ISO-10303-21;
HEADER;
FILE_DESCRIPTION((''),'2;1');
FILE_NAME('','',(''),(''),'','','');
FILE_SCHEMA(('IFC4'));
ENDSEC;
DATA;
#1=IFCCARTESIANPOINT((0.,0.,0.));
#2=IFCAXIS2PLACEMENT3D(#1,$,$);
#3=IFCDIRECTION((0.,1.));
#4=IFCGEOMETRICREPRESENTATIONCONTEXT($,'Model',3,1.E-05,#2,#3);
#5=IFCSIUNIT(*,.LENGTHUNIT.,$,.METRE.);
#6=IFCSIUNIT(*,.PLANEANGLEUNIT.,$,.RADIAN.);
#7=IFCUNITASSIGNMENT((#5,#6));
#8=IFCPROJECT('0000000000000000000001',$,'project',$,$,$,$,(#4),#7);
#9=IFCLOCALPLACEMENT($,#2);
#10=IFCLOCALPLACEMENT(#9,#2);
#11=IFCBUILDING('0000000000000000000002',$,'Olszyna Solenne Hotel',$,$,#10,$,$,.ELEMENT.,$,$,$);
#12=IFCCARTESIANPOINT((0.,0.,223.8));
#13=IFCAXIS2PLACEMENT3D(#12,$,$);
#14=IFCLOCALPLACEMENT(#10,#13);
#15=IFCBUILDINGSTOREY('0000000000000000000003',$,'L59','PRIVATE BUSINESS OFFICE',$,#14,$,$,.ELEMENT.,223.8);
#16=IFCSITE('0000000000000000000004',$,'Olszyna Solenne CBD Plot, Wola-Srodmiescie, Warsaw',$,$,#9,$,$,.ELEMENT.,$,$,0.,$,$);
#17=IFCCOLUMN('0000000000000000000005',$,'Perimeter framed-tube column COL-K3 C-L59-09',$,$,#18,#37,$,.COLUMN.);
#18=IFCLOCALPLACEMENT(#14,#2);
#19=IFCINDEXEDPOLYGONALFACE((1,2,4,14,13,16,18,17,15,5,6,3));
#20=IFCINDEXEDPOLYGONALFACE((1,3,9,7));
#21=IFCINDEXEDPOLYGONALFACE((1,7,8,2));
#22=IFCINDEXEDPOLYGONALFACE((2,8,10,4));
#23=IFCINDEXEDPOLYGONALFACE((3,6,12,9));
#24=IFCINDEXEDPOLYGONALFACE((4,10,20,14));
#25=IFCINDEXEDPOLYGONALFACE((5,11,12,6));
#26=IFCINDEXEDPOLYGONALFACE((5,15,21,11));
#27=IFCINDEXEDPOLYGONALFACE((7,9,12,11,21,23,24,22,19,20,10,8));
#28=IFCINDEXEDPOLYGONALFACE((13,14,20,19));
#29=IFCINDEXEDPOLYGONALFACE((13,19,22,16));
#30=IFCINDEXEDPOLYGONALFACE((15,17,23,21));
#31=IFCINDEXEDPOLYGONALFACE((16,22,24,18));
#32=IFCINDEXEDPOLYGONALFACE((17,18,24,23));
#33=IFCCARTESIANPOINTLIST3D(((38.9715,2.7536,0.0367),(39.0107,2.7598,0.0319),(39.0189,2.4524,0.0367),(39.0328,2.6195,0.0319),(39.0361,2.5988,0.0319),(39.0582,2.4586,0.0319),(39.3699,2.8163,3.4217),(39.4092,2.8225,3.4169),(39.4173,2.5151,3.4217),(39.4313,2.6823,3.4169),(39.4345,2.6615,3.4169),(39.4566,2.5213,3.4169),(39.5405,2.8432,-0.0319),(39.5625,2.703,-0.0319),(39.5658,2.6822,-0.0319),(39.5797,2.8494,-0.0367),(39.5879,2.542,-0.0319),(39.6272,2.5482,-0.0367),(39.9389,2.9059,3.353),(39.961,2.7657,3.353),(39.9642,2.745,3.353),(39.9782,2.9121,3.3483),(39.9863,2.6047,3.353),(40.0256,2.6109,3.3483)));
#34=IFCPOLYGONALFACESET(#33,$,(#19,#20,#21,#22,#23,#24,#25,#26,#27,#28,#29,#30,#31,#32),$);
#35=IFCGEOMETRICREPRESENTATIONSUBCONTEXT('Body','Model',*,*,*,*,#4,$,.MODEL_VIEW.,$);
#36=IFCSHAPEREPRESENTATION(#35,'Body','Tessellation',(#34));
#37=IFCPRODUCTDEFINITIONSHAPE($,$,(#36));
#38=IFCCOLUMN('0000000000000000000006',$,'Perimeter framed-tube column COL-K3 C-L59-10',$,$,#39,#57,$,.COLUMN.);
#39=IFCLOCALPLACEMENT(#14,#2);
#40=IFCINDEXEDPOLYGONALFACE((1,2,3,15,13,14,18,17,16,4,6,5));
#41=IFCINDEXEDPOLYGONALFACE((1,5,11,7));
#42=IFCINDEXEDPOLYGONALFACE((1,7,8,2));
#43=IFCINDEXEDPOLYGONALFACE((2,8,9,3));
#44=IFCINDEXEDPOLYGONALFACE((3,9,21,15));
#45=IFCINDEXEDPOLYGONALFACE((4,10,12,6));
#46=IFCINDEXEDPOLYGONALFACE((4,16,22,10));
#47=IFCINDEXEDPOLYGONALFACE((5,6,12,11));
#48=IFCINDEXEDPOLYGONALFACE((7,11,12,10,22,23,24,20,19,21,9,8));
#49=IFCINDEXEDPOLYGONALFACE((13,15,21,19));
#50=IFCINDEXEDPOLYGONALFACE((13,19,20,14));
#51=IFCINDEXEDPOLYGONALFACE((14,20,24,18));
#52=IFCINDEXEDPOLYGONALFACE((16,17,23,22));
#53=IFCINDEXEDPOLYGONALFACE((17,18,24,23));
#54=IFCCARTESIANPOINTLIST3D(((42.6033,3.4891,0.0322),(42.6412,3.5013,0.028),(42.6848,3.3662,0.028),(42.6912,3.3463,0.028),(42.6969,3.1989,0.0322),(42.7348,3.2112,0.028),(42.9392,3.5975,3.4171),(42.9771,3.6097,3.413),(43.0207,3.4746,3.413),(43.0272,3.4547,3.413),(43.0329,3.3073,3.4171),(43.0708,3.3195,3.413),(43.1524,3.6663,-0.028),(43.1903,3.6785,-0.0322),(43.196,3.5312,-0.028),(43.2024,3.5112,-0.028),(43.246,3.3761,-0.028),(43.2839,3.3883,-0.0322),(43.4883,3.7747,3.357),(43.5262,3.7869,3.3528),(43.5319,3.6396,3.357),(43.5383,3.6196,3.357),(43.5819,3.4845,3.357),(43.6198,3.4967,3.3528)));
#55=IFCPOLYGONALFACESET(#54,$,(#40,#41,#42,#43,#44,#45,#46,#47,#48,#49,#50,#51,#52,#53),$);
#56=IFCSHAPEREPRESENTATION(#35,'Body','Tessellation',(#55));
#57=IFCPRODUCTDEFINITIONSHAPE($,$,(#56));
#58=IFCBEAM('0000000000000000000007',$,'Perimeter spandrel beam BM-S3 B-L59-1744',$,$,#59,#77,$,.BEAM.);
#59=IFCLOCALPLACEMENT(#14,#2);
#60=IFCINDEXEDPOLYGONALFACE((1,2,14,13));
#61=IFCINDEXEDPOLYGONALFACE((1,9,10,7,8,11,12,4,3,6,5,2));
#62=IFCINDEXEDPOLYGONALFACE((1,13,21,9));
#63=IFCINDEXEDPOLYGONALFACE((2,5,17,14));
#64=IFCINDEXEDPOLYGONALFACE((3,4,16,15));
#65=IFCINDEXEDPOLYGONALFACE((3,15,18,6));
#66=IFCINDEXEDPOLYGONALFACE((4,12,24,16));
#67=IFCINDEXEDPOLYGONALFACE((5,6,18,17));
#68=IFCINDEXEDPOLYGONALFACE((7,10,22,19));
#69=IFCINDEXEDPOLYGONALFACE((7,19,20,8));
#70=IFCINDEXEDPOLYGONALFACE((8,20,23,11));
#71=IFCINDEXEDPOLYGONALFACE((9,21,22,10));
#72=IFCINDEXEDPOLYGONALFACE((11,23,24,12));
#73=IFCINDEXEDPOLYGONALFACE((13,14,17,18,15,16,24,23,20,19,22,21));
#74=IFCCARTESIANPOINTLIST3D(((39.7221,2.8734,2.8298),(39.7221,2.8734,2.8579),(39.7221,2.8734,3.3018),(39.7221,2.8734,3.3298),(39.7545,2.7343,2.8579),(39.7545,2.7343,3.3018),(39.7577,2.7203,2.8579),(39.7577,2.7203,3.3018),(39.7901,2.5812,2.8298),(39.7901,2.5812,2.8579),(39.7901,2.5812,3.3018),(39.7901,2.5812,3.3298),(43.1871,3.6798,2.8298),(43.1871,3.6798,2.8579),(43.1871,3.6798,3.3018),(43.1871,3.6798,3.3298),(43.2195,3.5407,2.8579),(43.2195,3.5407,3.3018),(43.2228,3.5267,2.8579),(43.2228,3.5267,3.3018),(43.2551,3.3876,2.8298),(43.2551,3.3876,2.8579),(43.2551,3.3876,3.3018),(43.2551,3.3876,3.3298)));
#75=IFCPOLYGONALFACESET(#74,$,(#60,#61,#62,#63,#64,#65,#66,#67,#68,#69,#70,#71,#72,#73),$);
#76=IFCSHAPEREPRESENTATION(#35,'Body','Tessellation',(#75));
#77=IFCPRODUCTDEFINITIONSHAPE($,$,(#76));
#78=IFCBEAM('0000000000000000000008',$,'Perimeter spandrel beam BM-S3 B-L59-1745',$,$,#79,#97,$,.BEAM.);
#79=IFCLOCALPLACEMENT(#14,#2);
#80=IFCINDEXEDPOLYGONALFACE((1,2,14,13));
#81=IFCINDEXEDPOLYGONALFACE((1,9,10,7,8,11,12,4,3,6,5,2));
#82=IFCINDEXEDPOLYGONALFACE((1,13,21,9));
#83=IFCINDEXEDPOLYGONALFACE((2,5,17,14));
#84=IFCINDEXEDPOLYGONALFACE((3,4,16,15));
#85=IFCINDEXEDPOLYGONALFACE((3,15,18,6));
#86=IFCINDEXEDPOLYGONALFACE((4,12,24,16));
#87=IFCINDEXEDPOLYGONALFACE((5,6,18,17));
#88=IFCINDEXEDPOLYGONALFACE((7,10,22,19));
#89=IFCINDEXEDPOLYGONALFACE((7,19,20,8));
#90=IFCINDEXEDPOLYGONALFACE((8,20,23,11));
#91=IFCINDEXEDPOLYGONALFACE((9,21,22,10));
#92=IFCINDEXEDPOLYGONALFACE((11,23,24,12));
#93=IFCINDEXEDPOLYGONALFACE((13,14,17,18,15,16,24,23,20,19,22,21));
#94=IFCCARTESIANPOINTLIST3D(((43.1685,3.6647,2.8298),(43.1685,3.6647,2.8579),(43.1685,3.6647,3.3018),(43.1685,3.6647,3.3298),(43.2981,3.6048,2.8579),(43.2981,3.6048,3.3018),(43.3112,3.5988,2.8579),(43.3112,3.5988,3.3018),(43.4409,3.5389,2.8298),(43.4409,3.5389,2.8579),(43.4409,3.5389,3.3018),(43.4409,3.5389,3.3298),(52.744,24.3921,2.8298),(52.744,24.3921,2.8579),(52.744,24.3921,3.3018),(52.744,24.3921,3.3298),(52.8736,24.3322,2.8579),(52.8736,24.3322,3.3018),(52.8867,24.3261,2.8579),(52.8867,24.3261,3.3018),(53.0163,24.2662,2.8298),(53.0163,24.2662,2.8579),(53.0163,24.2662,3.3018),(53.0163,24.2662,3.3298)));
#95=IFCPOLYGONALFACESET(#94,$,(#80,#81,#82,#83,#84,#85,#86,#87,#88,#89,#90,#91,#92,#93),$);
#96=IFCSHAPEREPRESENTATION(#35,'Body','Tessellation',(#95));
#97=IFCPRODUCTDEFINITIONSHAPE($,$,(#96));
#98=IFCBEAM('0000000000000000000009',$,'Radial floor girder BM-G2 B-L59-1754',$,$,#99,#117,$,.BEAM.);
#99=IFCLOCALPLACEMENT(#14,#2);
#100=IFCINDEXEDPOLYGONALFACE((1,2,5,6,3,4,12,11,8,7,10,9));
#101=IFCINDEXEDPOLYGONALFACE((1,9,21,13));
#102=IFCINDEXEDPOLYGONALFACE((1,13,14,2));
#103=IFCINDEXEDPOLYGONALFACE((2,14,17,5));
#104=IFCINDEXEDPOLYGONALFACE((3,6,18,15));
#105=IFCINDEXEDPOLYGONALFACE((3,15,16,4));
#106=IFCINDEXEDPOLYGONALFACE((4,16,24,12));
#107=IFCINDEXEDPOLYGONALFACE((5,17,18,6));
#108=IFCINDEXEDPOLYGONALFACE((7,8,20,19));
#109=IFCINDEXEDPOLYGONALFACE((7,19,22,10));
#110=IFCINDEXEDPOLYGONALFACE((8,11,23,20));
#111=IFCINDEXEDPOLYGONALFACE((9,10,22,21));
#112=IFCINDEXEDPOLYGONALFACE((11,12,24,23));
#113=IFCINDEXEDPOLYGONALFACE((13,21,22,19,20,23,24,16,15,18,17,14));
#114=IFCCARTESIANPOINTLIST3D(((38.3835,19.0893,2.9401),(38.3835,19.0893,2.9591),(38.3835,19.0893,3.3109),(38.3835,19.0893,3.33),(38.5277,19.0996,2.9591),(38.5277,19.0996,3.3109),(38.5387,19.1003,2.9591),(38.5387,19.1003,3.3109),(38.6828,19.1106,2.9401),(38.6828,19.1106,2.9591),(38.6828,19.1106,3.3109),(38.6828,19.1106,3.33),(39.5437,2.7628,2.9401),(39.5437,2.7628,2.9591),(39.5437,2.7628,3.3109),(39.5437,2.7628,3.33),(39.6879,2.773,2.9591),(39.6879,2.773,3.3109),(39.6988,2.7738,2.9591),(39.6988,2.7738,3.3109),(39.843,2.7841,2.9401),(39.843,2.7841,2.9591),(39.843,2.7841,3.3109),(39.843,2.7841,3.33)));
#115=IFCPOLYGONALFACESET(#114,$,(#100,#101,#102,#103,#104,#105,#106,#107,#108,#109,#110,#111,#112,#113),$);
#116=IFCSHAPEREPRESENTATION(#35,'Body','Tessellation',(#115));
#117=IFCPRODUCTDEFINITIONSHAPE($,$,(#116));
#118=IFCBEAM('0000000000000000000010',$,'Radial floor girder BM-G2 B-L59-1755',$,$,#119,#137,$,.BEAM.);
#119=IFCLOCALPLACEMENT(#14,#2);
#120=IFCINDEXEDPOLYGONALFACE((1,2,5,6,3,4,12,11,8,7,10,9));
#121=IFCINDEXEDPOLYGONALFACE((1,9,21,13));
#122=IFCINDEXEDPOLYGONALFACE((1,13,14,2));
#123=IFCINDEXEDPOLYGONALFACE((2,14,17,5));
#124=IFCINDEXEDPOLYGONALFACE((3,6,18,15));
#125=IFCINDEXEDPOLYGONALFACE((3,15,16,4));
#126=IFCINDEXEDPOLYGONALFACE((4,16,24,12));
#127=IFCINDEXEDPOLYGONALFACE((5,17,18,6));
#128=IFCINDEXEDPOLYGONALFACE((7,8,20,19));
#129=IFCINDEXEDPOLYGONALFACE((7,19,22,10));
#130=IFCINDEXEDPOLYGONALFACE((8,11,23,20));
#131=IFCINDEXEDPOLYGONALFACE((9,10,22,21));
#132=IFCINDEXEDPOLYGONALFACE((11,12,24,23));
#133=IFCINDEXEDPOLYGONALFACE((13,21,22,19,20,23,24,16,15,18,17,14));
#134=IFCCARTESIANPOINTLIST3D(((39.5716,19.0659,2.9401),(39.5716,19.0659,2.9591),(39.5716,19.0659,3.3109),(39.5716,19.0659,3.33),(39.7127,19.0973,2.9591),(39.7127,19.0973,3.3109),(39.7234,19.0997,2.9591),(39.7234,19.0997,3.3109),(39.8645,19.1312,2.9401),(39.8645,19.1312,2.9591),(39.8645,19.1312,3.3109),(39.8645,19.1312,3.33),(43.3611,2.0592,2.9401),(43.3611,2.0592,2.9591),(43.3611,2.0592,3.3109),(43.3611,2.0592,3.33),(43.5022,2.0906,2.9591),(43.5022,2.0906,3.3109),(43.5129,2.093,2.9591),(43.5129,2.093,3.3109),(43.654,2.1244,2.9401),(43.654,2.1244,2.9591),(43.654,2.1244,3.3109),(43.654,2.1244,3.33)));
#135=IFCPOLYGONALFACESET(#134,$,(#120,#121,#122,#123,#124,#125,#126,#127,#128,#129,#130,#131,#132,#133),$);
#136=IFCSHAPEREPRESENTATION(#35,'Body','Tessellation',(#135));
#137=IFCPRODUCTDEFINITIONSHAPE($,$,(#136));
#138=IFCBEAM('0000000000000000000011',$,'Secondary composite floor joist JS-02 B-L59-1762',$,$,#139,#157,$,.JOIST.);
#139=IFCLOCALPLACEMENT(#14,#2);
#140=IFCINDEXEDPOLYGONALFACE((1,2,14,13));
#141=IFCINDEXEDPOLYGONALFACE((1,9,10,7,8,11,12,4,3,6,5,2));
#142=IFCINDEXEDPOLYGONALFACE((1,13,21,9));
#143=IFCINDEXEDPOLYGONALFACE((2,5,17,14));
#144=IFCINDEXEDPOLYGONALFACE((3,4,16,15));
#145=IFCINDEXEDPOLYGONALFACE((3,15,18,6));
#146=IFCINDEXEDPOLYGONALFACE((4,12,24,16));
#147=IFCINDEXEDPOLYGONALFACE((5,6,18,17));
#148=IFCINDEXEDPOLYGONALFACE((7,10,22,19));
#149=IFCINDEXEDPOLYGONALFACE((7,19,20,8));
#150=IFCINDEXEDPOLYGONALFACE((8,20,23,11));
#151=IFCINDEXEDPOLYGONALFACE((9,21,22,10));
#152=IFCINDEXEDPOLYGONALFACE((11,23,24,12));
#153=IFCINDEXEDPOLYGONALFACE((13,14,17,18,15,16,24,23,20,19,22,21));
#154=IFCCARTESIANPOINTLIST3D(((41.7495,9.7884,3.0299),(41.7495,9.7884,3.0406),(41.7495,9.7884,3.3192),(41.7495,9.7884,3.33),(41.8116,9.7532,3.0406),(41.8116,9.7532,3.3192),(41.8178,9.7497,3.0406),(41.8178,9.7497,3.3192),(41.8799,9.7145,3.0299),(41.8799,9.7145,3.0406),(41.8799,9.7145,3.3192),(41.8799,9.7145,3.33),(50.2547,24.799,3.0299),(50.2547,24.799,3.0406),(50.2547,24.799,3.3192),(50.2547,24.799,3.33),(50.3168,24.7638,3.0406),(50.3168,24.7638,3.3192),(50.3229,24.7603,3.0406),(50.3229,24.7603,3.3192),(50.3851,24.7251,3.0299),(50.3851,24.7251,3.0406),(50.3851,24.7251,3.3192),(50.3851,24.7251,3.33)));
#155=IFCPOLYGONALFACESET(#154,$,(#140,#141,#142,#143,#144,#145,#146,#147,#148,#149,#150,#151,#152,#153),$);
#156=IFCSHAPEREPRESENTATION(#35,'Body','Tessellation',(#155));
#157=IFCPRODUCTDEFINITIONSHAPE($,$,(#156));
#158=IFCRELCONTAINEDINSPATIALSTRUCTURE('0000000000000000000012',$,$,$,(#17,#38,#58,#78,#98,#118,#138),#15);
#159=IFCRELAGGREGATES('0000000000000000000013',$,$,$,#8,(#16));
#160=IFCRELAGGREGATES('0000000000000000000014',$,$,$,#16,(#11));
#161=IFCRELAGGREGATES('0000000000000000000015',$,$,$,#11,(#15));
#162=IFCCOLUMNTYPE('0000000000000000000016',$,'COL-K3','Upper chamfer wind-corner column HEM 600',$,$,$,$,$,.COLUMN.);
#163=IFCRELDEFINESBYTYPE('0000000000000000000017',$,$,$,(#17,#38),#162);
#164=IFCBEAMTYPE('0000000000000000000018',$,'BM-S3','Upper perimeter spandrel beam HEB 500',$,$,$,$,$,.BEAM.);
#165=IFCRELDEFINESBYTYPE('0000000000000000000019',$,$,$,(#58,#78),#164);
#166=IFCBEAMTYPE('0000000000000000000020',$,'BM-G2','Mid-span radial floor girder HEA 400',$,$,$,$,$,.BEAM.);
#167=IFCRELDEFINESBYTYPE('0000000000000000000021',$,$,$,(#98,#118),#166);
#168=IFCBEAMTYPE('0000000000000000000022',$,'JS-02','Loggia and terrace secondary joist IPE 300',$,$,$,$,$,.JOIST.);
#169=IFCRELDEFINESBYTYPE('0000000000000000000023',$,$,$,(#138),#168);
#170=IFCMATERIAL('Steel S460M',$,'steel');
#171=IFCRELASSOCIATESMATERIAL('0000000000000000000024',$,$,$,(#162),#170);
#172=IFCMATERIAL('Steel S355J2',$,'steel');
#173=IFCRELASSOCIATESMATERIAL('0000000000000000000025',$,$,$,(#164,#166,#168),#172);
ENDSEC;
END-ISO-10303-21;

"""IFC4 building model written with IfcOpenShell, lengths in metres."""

from ifc_helpers import new_model, si_unit, direction, frame, origin, origin_2d, place, context, subcontext, project, spatial, i_section, extrude, source, transform, mapped, material, material_profile, profile_set, type_object, element, save


model = new_model("IFC4")

# Units and contexts
model_context = context("Model", 3, precision=1e-05, world=origin(), true_north=direction((0.0, 1.0)))
body_context = subcontext(model_context, "Body", "Model", "MODEL_VIEW")
ifc_project = project(units=[si_unit("LENGTHUNIT", "METRE"), si_unit("PLANEANGLEUNIT", "RADIAN")], contexts=[model_context])

# Site, building, storey
site_placement = place(None, origin())
site = spatial("IfcSite", under=ifc_project, at=site_placement, Name="Olszyna Solenne CBD Plot, Wola-Srodmiescie, Warsaw", CompositionType="ELEMENT", RefElevation=0.0)
building_placement = place(site_placement, origin())
building = spatial("IfcBuilding", under=site, at=building_placement, Name="Olszyna Solenne Hotel", CompositionType="ELEMENT")
storey_placement = place(building_placement, frame((0.0, 0.0, 223.8)))
storey = spatial("IfcBuildingStorey", under=building, at=storey_placement, Name="L59", Description="PRIVATE BUSINESS OFFICE", CompositionType="ELEMENT", Elevation=223.8)

# Columns
ifc_material_1 = material(Name="Steel S460M", Category="steel")
ifc_material_profile_1 = material_profile(ifc_material_1, i_section(OverallWidth=0.3049, OverallDepth=0.6201, WebThickness=0.021, FlangeThickness=0.04, at=origin_2d()), Name="HEM 600", Category="load-bearing")
ifc_profile_set_1 = profile_set([ifc_material_profile_1], Name="Steel S460M")
column_type = type_object("IfcColumnType", Name="COL-K3", Description="Upper chamfer wind-corner column HEM 600", PredefinedType="COLUMN", material=ifc_profile_set_1)
shared_shape_1 = source(origin(), body_context, "Body", "SweptSolid", [
    extrude(i_section(OverallWidth=0.3049, OverallDepth=0.6201, WebThickness=0.021, FlangeThickness=0.04, at=origin_2d()), origin(), (0.0, 0.0, 1.0), 3.4089),
])
column_1_placement = place(storey_placement, frame((39.2993, 2.6509, 0.0), z_axis=(0.11688, 0.018406, 0.992976), x_axis=(-0.155558, 0.987827, 0.0)))
element("IfcColumn", 1, at=column_1_placement, inside=storey, type_object=column_type, Name="Perimeter framed-tube column COL-K3 C-L59-09", PredefinedType="COLUMN", context=body_context, shape_type="MappedRepresentation", body=[
    mapped(shared_shape_1, transform((0.0, 0.0, 0.0), x_axis=(1.0, 0.0, 0.0), y_axis=(0.0, 1.0, 0.0), z_axis=(0.0, 0.0, 1.0), scale=1.0)),
])
shared_shape_2 = source(origin(), body_context, "Body", "SweptSolid", [
    extrude(i_section(OverallWidth=0.3049, OverallDepth=0.6201, WebThickness=0.021, FlangeThickness=0.04, at=origin_2d()), origin(), (0.0, 0.0, 1.0), 3.4033),
])
column_2_placement = place(storey_placement, frame((42.9436, 3.4387, 0.0), z_axis=(0.098707, 0.03185, 0.994607), x_axis=(-0.307084, 0.951683, 0.0)))
element("IfcColumn", 2, at=column_2_placement, inside=storey, type_object=column_type, Name="Perimeter framed-tube column COL-K3 C-L59-10", PredefinedType="COLUMN", context=body_context, shape_type="MappedRepresentation", body=[
    mapped(shared_shape_2, transform((0.0, 0.0, 0.0), x_axis=(1.0, 0.0, 0.0), y_axis=(0.0, 1.0, 0.0), z_axis=(0.0, 0.0, 1.0), scale=1.0)),
])

# Beams
ifc_material_2 = material(Name="Steel S355J2", Category="steel")
ifc_material_profile_2 = material_profile(ifc_material_2, i_section(OverallWidth=0.3, OverallDepth=0.5, WebThickness=0.0144, FlangeThickness=0.0281, at=origin_2d()), Name="HEB 500", Category="load-bearing")
ifc_profile_set_2 = profile_set([ifc_material_profile_2], Name="Steel S355J2")
beam_type_1 = type_object("IfcBeamType", Name="BM-S3", Description="Upper perimeter spandrel beam HEB 500", PredefinedType="BEAM", material=ifc_profile_set_2)
shared_shape_3 = source(origin(), body_context, "Body", "SweptSolid", [
    extrude(i_section(OverallWidth=0.3, OverallDepth=0.5, WebThickness=0.0144, FlangeThickness=0.0281, at=origin_2d()), origin(), (0.0, 0.0, 1.0), 3.5576),
])
beam_1_placement = place(storey_placement, frame((39.7561, 2.7273, 3.0798), z_axis=(0.973973, 0.226663, 0.0), x_axis=(-0.226663, 0.973973, 0.0)))
element("IfcBeam", 3, at=beam_1_placement, inside=storey, type_object=beam_type_1, Name="Perimeter spandrel beam BM-S3 B-L59-1744", PredefinedType="BEAM", context=body_context, shape_type="MappedRepresentation", body=[
    mapped(shared_shape_3, transform((0.0, 0.0, 0.0), x_axis=(1.0, 0.0, 0.0), y_axis=(0.0, 1.0, 0.0), z_axis=(0.0, 0.0, 1.0), scale=1.0)),
])
shared_shape_4 = source(origin(), body_context, "Body", "SweptSolid", [
    extrude(i_section(OverallWidth=0.3, OverallDepth=0.5, WebThickness=0.0144, FlangeThickness=0.0281, at=origin_2d()), origin(), (0.0, 0.0, 1.0), 22.8323),
])
beam_2_placement = place(storey_placement, frame((43.3047, 3.6018, 3.0798), z_axis=(0.419383, 0.907809, 0.0), x_axis=(-0.907809, 0.419383, 0.0)))
element("IfcBeam", 4, at=beam_2_placement, inside=storey, type_object=beam_type_1, Name="Perimeter spandrel beam BM-S3 B-L59-1745", PredefinedType="BEAM", context=body_context, shape_type="MappedRepresentation", body=[
    mapped(shared_shape_4, transform((0.0, 0.0, 0.0), x_axis=(1.0, 0.0, 0.0), y_axis=(0.0, 1.0, 0.0), z_axis=(0.0, 0.0, 1.0), scale=1.0)),
])
ifc_material_profile_3 = material_profile(ifc_material_2, i_section(OverallWidth=0.3, OverallDepth=0.3899, WebThickness=0.011, FlangeThickness=0.019, at=origin_2d()), Name="HEA 400", Category="load-bearing")
ifc_profile_set_3 = profile_set([ifc_material_profile_3], Name="Steel S355J2")
beam_type_2 = type_object("IfcBeamType", Name="BM-G2", Description="Mid-span radial floor girder HEA 400", PredefinedType="BEAM", material=ifc_profile_set_3)
shared_shape_5 = source(origin(), body_context, "Body", "SweptSolid", [
    extrude(i_section(OverallWidth=0.3, OverallDepth=0.3899, WebThickness=0.011, FlangeThickness=0.019, at=origin_2d()), origin(), (0.0, 0.0, 1.0), 16.3677),
])
beam_3_placement = place(storey_placement, frame((39.6934, 2.7734, 3.135), z_axis=(-0.070881, 0.997485, 0.0), x_axis=(-0.997485, -0.070881, 0.0)))
element("IfcBeam", 5, at=beam_3_placement, inside=storey, type_object=beam_type_2, Name="Radial floor girder BM-G2 B-L59-1754", PredefinedType="BEAM", context=body_context, shape_type="MappedRepresentation", body=[
    mapped(shared_shape_5, transform((0.0, 0.0, 0.0), x_axis=(1.0, 0.0, 0.0), y_axis=(0.0, 1.0, 0.0), z_axis=(0.0, 0.0, 1.0), scale=1.0)),
])
shared_shape_6 = source(origin(), body_context, "Body", "SweptSolid", [
    extrude(i_section(OverallWidth=0.3, OverallDepth=0.3899, WebThickness=0.011, FlangeThickness=0.019, at=origin_2d()), origin(), (0.0, 0.0, 1.0), 17.4238),
])
beam_4_placement = place(storey_placement, frame((43.5076, 2.0918, 3.135), z_axis=(-0.217491, 0.976062, 0.0), x_axis=(-0.976062, -0.217491, 0.0)))
element("IfcBeam", 6, at=beam_4_placement, inside=storey, type_object=beam_type_2, Name="Radial floor girder BM-G2 B-L59-1755", PredefinedType="BEAM", context=body_context, shape_type="MappedRepresentation", body=[
    mapped(shared_shape_6, transform((0.0, 0.0, 0.0), x_axis=(1.0, 0.0, 0.0), y_axis=(0.0, 1.0, 0.0), z_axis=(0.0, 0.0, 1.0), scale=1.0)),
])
ifc_material_profile_4 = material_profile(ifc_material_2, i_section(OverallWidth=0.1499, OverallDepth=0.3, WebThickness=0.0071, FlangeThickness=0.0107, at=origin_2d()), Name="IPE 300", Category="load-bearing")
ifc_profile_set_4 = profile_set([ifc_material_profile_4], Name="Steel S355J2")
beam_type_3 = type_object("IfcBeamType", Name="JS-02", Description="Loggia and terrace secondary joist IPE 300", PredefinedType="JOIST", material=ifc_profile_set_4)
shared_shape_7 = source(origin(), body_context, "Body", "SweptSolid", [
    extrude(i_section(OverallWidth=0.1499, OverallDepth=0.3, WebThickness=0.0071, FlangeThickness=0.0107, at=origin_2d()), origin(), (0.0, 0.0, 1.0), 17.2527),
])
beam_5_placement = place(storey_placement, frame((41.8147, 9.7515, 3.1799), z_axis=(0.492977, 0.870043, 0.0), x_axis=(-0.870043, 0.492977, 0.0)))
element("IfcBeam", 7, at=beam_5_placement, inside=storey, type_object=beam_type_3, Name="Secondary composite floor joist JS-02 B-L59-1762", PredefinedType="JOIST", context=body_context, shape_type="MappedRepresentation", body=[
    mapped(shared_shape_7, transform((0.0, 0.0, 0.0), x_axis=(1.0, 0.0, 0.0), y_axis=(0.0, 1.0, 0.0), z_axis=(0.0, 0.0, 1.0), scale=1.0)),
])

save(model, "model.ifc")
